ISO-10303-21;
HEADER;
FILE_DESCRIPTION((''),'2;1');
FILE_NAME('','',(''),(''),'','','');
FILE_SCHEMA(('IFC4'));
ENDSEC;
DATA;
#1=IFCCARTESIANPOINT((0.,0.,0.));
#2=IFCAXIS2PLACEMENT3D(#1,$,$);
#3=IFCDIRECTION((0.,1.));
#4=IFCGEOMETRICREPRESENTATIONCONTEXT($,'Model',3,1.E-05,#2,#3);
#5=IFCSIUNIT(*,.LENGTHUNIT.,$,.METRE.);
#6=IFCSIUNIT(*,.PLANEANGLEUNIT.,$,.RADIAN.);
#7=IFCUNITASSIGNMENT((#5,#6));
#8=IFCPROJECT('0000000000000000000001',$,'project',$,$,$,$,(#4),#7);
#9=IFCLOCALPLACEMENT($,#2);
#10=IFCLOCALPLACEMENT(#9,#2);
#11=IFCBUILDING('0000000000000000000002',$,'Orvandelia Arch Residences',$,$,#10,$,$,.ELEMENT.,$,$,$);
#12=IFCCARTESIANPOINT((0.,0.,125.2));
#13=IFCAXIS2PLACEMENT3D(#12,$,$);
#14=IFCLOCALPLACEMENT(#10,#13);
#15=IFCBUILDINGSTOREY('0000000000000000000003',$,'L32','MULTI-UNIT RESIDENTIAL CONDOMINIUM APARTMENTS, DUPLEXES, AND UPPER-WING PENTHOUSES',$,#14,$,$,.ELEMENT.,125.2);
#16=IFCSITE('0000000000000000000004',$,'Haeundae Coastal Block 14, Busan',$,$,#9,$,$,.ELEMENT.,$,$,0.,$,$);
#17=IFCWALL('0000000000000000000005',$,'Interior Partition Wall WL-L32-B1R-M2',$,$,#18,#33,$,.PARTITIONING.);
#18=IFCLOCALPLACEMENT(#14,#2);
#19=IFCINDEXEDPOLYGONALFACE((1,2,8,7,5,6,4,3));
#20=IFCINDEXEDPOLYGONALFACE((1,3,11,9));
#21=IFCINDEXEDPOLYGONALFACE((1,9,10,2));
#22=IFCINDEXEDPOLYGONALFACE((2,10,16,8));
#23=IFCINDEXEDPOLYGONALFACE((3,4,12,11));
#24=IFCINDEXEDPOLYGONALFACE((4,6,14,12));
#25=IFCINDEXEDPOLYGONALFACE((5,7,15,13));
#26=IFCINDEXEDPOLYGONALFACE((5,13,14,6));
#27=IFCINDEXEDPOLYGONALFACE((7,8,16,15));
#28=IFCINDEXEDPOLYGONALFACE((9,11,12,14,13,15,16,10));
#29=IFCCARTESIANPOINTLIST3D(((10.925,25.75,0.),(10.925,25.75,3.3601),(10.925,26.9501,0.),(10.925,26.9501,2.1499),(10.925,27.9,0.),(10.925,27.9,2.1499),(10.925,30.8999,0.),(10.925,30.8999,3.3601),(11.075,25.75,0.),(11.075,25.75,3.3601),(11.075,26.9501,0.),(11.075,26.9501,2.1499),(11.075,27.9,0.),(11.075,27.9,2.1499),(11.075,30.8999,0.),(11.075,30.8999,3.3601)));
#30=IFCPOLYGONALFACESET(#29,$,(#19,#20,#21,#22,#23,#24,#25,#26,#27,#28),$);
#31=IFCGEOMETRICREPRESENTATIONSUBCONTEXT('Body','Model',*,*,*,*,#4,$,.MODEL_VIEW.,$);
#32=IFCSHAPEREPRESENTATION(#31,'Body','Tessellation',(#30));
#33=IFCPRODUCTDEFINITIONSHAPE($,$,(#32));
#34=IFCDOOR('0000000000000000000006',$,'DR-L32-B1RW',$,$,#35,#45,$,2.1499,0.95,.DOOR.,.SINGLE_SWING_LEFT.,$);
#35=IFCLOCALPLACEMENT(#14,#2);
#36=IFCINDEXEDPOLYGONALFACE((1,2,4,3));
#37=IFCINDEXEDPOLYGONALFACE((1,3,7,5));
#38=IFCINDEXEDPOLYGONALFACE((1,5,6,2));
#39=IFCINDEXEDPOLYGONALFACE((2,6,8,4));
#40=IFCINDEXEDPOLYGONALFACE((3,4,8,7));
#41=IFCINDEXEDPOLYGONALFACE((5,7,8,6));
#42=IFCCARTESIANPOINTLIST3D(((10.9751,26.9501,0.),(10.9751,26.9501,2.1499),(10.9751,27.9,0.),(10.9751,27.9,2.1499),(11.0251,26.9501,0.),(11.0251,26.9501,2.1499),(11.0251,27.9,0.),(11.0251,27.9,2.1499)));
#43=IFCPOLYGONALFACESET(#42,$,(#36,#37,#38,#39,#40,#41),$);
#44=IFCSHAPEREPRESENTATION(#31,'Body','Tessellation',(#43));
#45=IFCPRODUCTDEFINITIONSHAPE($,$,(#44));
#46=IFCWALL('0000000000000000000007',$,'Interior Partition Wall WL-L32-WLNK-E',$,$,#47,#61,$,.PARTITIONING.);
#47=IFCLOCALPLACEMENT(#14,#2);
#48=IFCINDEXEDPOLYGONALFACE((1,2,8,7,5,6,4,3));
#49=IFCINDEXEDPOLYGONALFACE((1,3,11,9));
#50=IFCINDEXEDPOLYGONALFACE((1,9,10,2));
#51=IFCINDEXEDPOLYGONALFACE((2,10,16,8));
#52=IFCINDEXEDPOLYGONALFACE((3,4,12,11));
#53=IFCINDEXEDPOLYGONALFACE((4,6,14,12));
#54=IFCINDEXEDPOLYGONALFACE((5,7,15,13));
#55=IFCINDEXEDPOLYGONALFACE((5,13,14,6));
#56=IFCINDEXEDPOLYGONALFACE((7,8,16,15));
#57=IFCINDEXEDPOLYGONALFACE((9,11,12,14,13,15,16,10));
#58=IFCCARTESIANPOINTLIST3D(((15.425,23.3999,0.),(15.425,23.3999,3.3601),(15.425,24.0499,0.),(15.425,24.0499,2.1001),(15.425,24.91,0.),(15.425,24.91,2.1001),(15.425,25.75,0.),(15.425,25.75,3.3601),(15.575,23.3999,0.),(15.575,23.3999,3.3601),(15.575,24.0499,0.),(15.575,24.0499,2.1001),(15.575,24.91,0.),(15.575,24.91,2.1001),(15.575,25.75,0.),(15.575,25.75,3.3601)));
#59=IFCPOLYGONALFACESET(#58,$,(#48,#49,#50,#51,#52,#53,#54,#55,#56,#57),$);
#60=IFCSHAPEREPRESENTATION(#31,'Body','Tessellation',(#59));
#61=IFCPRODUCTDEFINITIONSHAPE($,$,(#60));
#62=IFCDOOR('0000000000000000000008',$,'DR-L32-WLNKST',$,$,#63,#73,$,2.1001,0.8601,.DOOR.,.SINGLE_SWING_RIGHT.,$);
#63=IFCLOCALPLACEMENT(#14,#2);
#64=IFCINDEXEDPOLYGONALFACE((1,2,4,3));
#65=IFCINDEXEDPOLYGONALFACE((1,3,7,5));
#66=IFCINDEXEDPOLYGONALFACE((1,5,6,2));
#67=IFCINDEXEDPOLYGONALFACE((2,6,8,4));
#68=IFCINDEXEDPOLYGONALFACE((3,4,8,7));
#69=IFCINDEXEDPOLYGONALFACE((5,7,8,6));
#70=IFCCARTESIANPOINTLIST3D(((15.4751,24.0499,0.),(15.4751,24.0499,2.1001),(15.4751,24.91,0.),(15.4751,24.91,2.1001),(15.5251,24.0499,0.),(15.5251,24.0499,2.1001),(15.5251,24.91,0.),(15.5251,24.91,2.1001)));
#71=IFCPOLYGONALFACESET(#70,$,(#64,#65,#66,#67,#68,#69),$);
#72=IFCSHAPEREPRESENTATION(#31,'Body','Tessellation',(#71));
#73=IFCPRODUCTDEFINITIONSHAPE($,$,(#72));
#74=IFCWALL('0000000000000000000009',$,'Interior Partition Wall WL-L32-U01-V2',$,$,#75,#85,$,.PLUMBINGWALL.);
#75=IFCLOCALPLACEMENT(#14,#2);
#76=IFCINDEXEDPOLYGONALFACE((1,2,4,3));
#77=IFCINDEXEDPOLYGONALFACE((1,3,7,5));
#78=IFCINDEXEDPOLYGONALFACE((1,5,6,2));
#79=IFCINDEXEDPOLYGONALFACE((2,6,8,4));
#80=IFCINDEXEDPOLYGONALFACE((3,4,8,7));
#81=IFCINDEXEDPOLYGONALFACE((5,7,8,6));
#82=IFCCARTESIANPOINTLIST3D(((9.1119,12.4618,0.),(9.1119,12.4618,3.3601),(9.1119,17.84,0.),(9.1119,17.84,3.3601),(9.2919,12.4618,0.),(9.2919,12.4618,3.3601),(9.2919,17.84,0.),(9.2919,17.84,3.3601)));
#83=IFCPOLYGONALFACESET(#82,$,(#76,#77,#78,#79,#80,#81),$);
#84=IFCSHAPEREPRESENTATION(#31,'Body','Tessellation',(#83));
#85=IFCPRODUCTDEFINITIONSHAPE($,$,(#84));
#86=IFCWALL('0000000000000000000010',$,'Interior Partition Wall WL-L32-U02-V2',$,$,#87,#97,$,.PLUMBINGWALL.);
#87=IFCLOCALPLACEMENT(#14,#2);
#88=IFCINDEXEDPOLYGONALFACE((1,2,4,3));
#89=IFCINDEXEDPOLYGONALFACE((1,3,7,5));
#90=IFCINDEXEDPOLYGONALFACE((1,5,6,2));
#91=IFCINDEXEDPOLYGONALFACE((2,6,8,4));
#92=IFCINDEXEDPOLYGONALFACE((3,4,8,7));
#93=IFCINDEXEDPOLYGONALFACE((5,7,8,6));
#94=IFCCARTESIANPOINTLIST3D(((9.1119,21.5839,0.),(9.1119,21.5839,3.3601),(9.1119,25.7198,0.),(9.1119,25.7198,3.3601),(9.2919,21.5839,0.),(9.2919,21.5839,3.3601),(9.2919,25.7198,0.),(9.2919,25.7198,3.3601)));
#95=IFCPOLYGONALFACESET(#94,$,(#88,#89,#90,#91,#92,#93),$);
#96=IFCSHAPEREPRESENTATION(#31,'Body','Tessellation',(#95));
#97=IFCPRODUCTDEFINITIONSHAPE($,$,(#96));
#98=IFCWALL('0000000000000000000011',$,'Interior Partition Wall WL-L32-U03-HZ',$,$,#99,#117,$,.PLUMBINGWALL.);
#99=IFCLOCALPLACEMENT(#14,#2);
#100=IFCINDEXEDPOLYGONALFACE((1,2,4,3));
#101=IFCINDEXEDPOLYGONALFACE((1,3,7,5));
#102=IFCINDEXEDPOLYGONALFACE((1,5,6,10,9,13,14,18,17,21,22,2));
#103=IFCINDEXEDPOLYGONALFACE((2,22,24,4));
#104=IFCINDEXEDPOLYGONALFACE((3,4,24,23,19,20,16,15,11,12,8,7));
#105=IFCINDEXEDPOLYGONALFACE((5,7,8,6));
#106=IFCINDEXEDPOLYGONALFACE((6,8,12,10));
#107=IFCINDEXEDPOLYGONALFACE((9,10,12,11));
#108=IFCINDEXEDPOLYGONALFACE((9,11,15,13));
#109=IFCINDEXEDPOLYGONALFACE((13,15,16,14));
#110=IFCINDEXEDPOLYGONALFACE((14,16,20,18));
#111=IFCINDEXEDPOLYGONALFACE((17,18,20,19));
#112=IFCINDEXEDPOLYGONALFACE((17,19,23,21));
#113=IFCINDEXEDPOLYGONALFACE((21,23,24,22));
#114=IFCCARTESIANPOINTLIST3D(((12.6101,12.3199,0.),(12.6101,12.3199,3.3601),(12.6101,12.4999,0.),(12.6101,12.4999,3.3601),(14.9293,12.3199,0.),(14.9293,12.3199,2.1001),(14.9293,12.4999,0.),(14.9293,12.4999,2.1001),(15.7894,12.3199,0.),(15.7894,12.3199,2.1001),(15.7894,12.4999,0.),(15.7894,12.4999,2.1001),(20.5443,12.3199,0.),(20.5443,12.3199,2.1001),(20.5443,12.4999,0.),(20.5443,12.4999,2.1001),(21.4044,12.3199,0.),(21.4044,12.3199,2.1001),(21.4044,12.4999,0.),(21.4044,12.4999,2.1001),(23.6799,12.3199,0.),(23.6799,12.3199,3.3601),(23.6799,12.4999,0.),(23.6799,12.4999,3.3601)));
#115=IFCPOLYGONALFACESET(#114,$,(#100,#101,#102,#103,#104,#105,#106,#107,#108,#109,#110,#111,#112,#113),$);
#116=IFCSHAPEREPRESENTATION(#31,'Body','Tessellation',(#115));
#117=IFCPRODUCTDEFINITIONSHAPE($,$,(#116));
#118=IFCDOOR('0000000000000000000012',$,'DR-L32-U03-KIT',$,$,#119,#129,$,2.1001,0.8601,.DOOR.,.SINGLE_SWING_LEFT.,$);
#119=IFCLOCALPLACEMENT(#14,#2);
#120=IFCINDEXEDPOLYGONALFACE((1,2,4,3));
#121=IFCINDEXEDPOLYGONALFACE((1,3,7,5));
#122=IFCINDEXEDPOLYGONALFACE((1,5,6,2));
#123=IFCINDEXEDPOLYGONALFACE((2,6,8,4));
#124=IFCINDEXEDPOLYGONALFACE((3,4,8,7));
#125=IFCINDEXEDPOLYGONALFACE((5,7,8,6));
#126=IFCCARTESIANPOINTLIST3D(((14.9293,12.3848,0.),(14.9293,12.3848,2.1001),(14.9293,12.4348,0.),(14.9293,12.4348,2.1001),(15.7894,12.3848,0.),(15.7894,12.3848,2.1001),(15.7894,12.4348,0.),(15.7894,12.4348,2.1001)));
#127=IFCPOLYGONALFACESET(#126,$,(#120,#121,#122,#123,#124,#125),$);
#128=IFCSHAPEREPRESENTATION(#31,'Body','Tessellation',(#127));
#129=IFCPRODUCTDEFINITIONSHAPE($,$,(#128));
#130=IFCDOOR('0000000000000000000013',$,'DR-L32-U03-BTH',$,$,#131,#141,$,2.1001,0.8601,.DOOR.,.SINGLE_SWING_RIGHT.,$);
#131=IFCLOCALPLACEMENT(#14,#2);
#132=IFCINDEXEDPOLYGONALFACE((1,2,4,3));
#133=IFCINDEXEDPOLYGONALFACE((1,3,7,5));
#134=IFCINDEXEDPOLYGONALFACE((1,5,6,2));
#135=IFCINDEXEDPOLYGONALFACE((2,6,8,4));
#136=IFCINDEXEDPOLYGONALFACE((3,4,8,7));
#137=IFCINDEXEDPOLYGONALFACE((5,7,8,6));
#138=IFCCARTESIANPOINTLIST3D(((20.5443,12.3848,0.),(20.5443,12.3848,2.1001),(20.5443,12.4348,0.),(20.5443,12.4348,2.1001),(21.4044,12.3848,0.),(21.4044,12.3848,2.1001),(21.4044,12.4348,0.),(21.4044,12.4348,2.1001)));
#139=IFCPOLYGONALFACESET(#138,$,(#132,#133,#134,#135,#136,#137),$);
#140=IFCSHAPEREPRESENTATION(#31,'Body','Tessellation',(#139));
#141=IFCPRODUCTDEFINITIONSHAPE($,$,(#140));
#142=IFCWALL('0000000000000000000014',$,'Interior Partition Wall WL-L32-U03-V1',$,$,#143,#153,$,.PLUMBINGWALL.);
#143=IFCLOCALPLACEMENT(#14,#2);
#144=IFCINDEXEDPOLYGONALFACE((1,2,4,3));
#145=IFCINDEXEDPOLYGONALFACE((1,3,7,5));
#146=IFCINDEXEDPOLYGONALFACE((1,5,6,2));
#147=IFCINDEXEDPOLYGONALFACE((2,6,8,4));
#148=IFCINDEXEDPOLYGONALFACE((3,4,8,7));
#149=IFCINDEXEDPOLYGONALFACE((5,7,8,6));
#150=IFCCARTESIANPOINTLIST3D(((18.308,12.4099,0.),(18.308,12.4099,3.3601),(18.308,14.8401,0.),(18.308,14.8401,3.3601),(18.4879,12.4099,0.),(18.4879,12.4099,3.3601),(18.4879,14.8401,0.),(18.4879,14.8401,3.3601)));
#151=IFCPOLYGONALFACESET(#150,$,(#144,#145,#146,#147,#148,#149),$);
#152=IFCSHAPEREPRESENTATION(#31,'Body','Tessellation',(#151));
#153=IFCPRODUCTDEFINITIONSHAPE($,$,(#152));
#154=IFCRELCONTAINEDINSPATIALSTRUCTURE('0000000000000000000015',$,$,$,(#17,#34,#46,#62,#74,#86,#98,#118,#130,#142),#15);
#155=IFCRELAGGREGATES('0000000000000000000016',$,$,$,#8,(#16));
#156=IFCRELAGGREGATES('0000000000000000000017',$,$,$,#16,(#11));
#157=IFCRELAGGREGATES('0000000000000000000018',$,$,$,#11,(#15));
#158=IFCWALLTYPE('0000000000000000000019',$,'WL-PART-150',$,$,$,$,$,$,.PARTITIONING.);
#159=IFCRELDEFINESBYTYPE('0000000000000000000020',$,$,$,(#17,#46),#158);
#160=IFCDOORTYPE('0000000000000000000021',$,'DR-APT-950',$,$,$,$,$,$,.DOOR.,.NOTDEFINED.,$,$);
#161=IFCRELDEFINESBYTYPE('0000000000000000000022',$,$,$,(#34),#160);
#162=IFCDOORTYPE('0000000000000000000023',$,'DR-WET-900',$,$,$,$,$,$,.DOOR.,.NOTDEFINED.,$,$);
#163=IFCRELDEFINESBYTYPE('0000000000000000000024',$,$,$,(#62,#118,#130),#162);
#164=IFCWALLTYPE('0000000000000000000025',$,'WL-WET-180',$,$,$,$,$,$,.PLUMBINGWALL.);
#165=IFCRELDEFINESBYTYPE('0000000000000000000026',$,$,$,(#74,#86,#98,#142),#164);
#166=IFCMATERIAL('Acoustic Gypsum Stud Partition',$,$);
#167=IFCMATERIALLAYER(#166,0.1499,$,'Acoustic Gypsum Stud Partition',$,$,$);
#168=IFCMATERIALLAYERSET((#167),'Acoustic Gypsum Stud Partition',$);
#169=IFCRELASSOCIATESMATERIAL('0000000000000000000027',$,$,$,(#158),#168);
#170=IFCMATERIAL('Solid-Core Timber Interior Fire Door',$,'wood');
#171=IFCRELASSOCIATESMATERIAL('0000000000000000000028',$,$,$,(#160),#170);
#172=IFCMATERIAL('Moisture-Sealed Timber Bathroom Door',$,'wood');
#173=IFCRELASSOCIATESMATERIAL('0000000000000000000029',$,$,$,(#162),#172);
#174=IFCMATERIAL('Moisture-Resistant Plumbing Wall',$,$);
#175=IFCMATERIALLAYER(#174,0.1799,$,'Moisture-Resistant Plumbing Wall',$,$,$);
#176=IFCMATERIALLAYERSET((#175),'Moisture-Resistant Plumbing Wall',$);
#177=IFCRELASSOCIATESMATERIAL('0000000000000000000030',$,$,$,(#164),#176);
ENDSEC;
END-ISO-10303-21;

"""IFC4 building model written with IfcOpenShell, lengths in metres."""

from ifc_helpers import new_model, si_unit, direction, frame, frame_2d, origin, place, context, subcontext, project, spatial, rectangle, extrude, material, layer, layer_set, type_object, element, fill, save


model = new_model("IFC4")

# Units and contexts
model_context = context("Model", 3, precision=1e-05, world=origin(), true_north=direction((0.0, 1.0)))
body_context = subcontext(model_context, "Body", "Model", "MODEL_VIEW")
ifc_project = project(units=[si_unit("LENGTHUNIT", "METRE"), si_unit("PLANEANGLEUNIT", "RADIAN")], contexts=[model_context])

# Site, building, storey
site_placement = place(None, origin())
site = spatial("IfcSite", under=ifc_project, at=site_placement, Name="Haeundae Coastal Block 14, Busan", CompositionType="ELEMENT", RefElevation=0.0)
building_placement = place(site_placement, origin())
building = spatial("IfcBuilding", under=site, at=building_placement, Name="Orvandelia Arch Residences", CompositionType="ELEMENT")
storey_placement = place(building_placement, frame((0.0, 0.0, 125.2)))
storey = spatial("IfcBuildingStorey", under=building, at=storey_placement, Name="L32", Description="MULTI-UNIT RESIDENTIAL CONDOMINIUM APARTMENTS, DUPLEXES, AND UPPER-WING PENTHOUSES", CompositionType="ELEMENT", Elevation=125.2)

# Shared definitions
ifc_material_1 = material(Name="Acoustic Gypsum Stud Partition")
ifc_layer_1 = layer(ifc_material_1, 0.1499, Name="Acoustic Gypsum Stud Partition")
ifc_layer_set_1 = layer_set([ifc_layer_1], Name="Acoustic Gypsum Stud Partition")
wall_type_1 = type_object("IfcWallType", Name="WL-PART-150", PredefinedType="PARTITIONING", material=ifc_layer_set_1)

# Walls, openings, doors
wall_1_placement = place(storey_placement, frame((11.0, 25.75, 0.0), z_axis=(0.0, 0.0, 1.0), x_axis=(0.0, 1.0, 0.0)))
wall_1 = element("IfcWall", 1, at=wall_1_placement, inside=storey, type_object=wall_type_1, Name="Interior Partition Wall WL-L32-B1R-M2", PredefinedType="PARTITIONING", context=body_context, shape_type="SweptSolid", body=[
    extrude(rectangle(XDim=5.1499, YDim=0.1499, at=frame_2d((2.575, 0.0))), origin(), (0.0, 0.0, 1.0), 3.3601),
])
opening_1_placement = place(wall_1_placement, frame((1.2, 0.0, 0.0)))
opening_1 = element("IfcOpeningElement", 2, at=opening_1_placement, cuts=wall_1, PredefinedType="OPENING", context=body_context, shape_type="SweptSolid", body=[
    extrude(rectangle(XDim=0.95, YDim=2.1499, at=frame_2d((0.4751, 1.075))), frame((0.0, 0.085, 0.0), z_axis=(0.0, -1.0, 0.0), x_axis=(1.0, 0.0, 0.0)), (0.0, 0.0, 1.0), 0.1699),
])
ifc_material_2 = material(Name="Solid-Core Timber Interior Fire Door", Category="wood")
door_type_1 = type_object("IfcDoorType", Name="DR-APT-950", OperationType="NOTDEFINED", PredefinedType="DOOR", material=ifc_material_2)
door_1_placement = place(opening_1_placement, origin())
door_1 = element("IfcDoor", 3, at=door_1_placement, inside=storey, type_object=door_type_1, Name="DR-L32-B1RW", OperationType="SINGLE_SWING_LEFT", OverallHeight=2.1499, OverallWidth=0.95, PredefinedType="DOOR", context=body_context, shape_type="SweptSolid", body=[
    extrude(rectangle(XDim=0.95, YDim=2.1499, at=frame_2d((0.4751, 1.075))), frame((0.0, 0.0249, 0.0), z_axis=(0.0, -1.0, 0.0), x_axis=(1.0, 0.0, 0.0)), (0.0, 0.0, 1.0), 0.05),
])
fill(opening_1, door_1)
wall_2_placement = place(storey_placement, frame((15.5, 23.3999, 0.0), z_axis=(0.0, 0.0, 1.0), x_axis=(0.0, 1.0, 0.0)))
wall_2 = element("IfcWall", 4, at=wall_2_placement, inside=storey, type_object=wall_type_1, Name="Interior Partition Wall WL-L32-WLNK-E", PredefinedType="PARTITIONING", context=body_context, shape_type="SweptSolid", body=[
    extrude(rectangle(XDim=2.3501, YDim=0.1499, at=frame_2d((1.175, 0.0))), origin(), (0.0, 0.0, 1.0), 3.3601),
])
opening_2_placement = place(wall_2_placement, frame((0.6499, 0.0, 0.0)))
opening_2 = element("IfcOpeningElement", 5, at=opening_2_placement, cuts=wall_2, PredefinedType="OPENING", context=body_context, shape_type="SweptSolid", body=[
    extrude(rectangle(XDim=0.8601, YDim=2.1001, at=frame_2d((0.4302, 1.05))), frame((0.0, 0.085, 0.0), z_axis=(0.0, -1.0, 0.0), x_axis=(1.0, 0.0, 0.0)), (0.0, 0.0, 1.0), 0.1699),
])
ifc_material_3 = material(Name="Moisture-Sealed Timber Bathroom Door", Category="wood")
door_type_2 = type_object("IfcDoorType", Name="DR-WET-900", OperationType="NOTDEFINED", PredefinedType="DOOR", material=ifc_material_3)
door_2_placement = place(opening_2_placement, origin())
door_2 = element("IfcDoor", 6, at=door_2_placement, inside=storey, type_object=door_type_2, Name="DR-L32-WLNKST", OperationType="SINGLE_SWING_RIGHT", OverallHeight=2.1001, OverallWidth=0.8601, PredefinedType="DOOR", context=body_context, shape_type="SweptSolid", body=[
    extrude(rectangle(XDim=0.8601, YDim=2.1001, at=frame_2d((0.4302, 1.05))), frame((0.0, 0.0249, 0.0), z_axis=(0.0, -1.0, 0.0), x_axis=(1.0, 0.0, 0.0)), (0.0, 0.0, 1.0), 0.05),
])
fill(opening_2, door_2)

# Walls
ifc_material_4 = material(Name="Moisture-Resistant Plumbing Wall")
ifc_layer_2 = layer(ifc_material_4, 0.1799, Name="Moisture-Resistant Plumbing Wall")
ifc_layer_set_2 = layer_set([ifc_layer_2], Name="Moisture-Resistant Plumbing Wall")
wall_type_2 = type_object("IfcWallType", Name="WL-WET-180", PredefinedType="PLUMBINGWALL", material=ifc_layer_set_2)
wall_3_placement = place(storey_placement, frame((9.2019, 12.4619, 0.0), z_axis=(0.0, 0.0, 1.0), x_axis=(0.0, 1.0, 0.0)))
element("IfcWall", 7, at=wall_3_placement, inside=storey, type_object=wall_type_2, Name="Interior Partition Wall WL-L32-U01-V2", PredefinedType="PLUMBINGWALL", context=body_context, shape_type="SweptSolid", body=[
    extrude(rectangle(XDim=5.3782, YDim=0.1799, at=frame_2d((2.689, 0.0))), origin(), (0.0, 0.0, 1.0), 3.3601),
])
wall_4_placement = place(storey_placement, frame((9.2019, 21.584, 0.0), z_axis=(0.0, 0.0, 1.0), x_axis=(0.0, 1.0, 0.0)))
element("IfcWall", 8, at=wall_4_placement, inside=storey, type_object=wall_type_2, Name="Interior Partition Wall WL-L32-U02-V2", PredefinedType="PLUMBINGWALL", context=body_context, shape_type="SweptSolid", body=[
    extrude(rectangle(XDim=4.136, YDim=0.1799, at=frame_2d((2.0679, 0.0))), origin(), (0.0, 0.0, 1.0), 3.3601),
])

# Wall, openings, doors
wall_5_placement = place(storey_placement, frame((12.6101, 12.4099, 0.0), z_axis=(0.0, 0.0, 1.0), x_axis=(1.0, 0.0, 0.0)))
wall_5 = element("IfcWall", 9, at=wall_5_placement, inside=storey, type_object=wall_type_2, Name="Interior Partition Wall WL-L32-U03-HZ", PredefinedType="PLUMBINGWALL", context=body_context, shape_type="SweptSolid", body=[
    extrude(rectangle(XDim=11.0698, YDim=0.1799, at=frame_2d((5.5349, 0.0))), origin(), (0.0, 0.0, 1.0), 3.3601),
])
opening_3_placement = place(wall_5_placement, frame((2.3191, 0.0, 0.0)))
opening_3 = element("IfcOpeningElement", 10, at=opening_3_placement, cuts=wall_5, PredefinedType="OPENING", context=body_context, shape_type="SweptSolid", body=[
    extrude(rectangle(XDim=0.8601, YDim=2.1001, at=frame_2d((0.4302, 1.05))), frame((0.0, 0.1001, 0.0), z_axis=(0.0, -1.0, 0.0), x_axis=(1.0, 0.0, 0.0)), (0.0, 0.0, 1.0), 0.2),
])
opening_4_placement = place(wall_5_placement, frame((7.9341, 0.0, 0.0)))
opening_4 = element("IfcOpeningElement", 11, at=opening_4_placement, cuts=wall_5, PredefinedType="OPENING", context=body_context, shape_type="SweptSolid", body=[
    extrude(rectangle(XDim=0.8601, YDim=2.1001, at=frame_2d((0.4302, 1.05))), frame((0.0, 0.1001, 0.0), z_axis=(0.0, -1.0, 0.0), x_axis=(1.0, 0.0, 0.0)), (0.0, 0.0, 1.0), 0.2),
])
door_3_placement = place(opening_3_placement, origin())
door_3 = element("IfcDoor", 12, at=door_3_placement, inside=storey, type_object=door_type_2, Name="DR-L32-U03-KIT", OperationType="SINGLE_SWING_LEFT", OverallHeight=2.1001, OverallWidth=0.8601, PredefinedType="DOOR", context=body_context, shape_type="SweptSolid", body=[
    extrude(rectangle(XDim=0.8601, YDim=2.1001, at=frame_2d((0.4302, 1.05))), frame((0.0, 0.0249, 0.0), z_axis=(0.0, -1.0, 0.0), x_axis=(1.0, 0.0, 0.0)), (0.0, 0.0, 1.0), 0.05),
])
fill(opening_3, door_3)
door_4_placement = place(opening_4_placement, origin())
door_4 = element("IfcDoor", 13, at=door_4_placement, inside=storey, type_object=door_type_2, Name="DR-L32-U03-BTH", OperationType="SINGLE_SWING_RIGHT", OverallHeight=2.1001, OverallWidth=0.8601, PredefinedType="DOOR", context=body_context, shape_type="SweptSolid", body=[
    extrude(rectangle(XDim=0.8601, YDim=2.1001, at=frame_2d((0.4302, 1.05))), frame((0.0, 0.0249, 0.0), z_axis=(0.0, -1.0, 0.0), x_axis=(1.0, 0.0, 0.0)), (0.0, 0.0, 1.0), 0.05),
])
fill(opening_4, door_4)

# Wall
wall_6_placement = place(storey_placement, frame((18.3979, 12.4099, 0.0), z_axis=(0.0, 0.0, 1.0), x_axis=(0.0, 1.0, 0.0)))
element("IfcWall", 14, at=wall_6_placement, inside=storey, type_object=wall_type_2, Name="Interior Partition Wall WL-L32-U03-V1", PredefinedType="PLUMBINGWALL", context=body_context, shape_type="SweptSolid", body=[
    extrude(rectangle(XDim=2.4302, YDim=0.1799, at=frame_2d((1.2151, 0.0))), origin(), (0.0, 0.0, 1.0), 3.3601),
])

save(model, "model.ifc")
